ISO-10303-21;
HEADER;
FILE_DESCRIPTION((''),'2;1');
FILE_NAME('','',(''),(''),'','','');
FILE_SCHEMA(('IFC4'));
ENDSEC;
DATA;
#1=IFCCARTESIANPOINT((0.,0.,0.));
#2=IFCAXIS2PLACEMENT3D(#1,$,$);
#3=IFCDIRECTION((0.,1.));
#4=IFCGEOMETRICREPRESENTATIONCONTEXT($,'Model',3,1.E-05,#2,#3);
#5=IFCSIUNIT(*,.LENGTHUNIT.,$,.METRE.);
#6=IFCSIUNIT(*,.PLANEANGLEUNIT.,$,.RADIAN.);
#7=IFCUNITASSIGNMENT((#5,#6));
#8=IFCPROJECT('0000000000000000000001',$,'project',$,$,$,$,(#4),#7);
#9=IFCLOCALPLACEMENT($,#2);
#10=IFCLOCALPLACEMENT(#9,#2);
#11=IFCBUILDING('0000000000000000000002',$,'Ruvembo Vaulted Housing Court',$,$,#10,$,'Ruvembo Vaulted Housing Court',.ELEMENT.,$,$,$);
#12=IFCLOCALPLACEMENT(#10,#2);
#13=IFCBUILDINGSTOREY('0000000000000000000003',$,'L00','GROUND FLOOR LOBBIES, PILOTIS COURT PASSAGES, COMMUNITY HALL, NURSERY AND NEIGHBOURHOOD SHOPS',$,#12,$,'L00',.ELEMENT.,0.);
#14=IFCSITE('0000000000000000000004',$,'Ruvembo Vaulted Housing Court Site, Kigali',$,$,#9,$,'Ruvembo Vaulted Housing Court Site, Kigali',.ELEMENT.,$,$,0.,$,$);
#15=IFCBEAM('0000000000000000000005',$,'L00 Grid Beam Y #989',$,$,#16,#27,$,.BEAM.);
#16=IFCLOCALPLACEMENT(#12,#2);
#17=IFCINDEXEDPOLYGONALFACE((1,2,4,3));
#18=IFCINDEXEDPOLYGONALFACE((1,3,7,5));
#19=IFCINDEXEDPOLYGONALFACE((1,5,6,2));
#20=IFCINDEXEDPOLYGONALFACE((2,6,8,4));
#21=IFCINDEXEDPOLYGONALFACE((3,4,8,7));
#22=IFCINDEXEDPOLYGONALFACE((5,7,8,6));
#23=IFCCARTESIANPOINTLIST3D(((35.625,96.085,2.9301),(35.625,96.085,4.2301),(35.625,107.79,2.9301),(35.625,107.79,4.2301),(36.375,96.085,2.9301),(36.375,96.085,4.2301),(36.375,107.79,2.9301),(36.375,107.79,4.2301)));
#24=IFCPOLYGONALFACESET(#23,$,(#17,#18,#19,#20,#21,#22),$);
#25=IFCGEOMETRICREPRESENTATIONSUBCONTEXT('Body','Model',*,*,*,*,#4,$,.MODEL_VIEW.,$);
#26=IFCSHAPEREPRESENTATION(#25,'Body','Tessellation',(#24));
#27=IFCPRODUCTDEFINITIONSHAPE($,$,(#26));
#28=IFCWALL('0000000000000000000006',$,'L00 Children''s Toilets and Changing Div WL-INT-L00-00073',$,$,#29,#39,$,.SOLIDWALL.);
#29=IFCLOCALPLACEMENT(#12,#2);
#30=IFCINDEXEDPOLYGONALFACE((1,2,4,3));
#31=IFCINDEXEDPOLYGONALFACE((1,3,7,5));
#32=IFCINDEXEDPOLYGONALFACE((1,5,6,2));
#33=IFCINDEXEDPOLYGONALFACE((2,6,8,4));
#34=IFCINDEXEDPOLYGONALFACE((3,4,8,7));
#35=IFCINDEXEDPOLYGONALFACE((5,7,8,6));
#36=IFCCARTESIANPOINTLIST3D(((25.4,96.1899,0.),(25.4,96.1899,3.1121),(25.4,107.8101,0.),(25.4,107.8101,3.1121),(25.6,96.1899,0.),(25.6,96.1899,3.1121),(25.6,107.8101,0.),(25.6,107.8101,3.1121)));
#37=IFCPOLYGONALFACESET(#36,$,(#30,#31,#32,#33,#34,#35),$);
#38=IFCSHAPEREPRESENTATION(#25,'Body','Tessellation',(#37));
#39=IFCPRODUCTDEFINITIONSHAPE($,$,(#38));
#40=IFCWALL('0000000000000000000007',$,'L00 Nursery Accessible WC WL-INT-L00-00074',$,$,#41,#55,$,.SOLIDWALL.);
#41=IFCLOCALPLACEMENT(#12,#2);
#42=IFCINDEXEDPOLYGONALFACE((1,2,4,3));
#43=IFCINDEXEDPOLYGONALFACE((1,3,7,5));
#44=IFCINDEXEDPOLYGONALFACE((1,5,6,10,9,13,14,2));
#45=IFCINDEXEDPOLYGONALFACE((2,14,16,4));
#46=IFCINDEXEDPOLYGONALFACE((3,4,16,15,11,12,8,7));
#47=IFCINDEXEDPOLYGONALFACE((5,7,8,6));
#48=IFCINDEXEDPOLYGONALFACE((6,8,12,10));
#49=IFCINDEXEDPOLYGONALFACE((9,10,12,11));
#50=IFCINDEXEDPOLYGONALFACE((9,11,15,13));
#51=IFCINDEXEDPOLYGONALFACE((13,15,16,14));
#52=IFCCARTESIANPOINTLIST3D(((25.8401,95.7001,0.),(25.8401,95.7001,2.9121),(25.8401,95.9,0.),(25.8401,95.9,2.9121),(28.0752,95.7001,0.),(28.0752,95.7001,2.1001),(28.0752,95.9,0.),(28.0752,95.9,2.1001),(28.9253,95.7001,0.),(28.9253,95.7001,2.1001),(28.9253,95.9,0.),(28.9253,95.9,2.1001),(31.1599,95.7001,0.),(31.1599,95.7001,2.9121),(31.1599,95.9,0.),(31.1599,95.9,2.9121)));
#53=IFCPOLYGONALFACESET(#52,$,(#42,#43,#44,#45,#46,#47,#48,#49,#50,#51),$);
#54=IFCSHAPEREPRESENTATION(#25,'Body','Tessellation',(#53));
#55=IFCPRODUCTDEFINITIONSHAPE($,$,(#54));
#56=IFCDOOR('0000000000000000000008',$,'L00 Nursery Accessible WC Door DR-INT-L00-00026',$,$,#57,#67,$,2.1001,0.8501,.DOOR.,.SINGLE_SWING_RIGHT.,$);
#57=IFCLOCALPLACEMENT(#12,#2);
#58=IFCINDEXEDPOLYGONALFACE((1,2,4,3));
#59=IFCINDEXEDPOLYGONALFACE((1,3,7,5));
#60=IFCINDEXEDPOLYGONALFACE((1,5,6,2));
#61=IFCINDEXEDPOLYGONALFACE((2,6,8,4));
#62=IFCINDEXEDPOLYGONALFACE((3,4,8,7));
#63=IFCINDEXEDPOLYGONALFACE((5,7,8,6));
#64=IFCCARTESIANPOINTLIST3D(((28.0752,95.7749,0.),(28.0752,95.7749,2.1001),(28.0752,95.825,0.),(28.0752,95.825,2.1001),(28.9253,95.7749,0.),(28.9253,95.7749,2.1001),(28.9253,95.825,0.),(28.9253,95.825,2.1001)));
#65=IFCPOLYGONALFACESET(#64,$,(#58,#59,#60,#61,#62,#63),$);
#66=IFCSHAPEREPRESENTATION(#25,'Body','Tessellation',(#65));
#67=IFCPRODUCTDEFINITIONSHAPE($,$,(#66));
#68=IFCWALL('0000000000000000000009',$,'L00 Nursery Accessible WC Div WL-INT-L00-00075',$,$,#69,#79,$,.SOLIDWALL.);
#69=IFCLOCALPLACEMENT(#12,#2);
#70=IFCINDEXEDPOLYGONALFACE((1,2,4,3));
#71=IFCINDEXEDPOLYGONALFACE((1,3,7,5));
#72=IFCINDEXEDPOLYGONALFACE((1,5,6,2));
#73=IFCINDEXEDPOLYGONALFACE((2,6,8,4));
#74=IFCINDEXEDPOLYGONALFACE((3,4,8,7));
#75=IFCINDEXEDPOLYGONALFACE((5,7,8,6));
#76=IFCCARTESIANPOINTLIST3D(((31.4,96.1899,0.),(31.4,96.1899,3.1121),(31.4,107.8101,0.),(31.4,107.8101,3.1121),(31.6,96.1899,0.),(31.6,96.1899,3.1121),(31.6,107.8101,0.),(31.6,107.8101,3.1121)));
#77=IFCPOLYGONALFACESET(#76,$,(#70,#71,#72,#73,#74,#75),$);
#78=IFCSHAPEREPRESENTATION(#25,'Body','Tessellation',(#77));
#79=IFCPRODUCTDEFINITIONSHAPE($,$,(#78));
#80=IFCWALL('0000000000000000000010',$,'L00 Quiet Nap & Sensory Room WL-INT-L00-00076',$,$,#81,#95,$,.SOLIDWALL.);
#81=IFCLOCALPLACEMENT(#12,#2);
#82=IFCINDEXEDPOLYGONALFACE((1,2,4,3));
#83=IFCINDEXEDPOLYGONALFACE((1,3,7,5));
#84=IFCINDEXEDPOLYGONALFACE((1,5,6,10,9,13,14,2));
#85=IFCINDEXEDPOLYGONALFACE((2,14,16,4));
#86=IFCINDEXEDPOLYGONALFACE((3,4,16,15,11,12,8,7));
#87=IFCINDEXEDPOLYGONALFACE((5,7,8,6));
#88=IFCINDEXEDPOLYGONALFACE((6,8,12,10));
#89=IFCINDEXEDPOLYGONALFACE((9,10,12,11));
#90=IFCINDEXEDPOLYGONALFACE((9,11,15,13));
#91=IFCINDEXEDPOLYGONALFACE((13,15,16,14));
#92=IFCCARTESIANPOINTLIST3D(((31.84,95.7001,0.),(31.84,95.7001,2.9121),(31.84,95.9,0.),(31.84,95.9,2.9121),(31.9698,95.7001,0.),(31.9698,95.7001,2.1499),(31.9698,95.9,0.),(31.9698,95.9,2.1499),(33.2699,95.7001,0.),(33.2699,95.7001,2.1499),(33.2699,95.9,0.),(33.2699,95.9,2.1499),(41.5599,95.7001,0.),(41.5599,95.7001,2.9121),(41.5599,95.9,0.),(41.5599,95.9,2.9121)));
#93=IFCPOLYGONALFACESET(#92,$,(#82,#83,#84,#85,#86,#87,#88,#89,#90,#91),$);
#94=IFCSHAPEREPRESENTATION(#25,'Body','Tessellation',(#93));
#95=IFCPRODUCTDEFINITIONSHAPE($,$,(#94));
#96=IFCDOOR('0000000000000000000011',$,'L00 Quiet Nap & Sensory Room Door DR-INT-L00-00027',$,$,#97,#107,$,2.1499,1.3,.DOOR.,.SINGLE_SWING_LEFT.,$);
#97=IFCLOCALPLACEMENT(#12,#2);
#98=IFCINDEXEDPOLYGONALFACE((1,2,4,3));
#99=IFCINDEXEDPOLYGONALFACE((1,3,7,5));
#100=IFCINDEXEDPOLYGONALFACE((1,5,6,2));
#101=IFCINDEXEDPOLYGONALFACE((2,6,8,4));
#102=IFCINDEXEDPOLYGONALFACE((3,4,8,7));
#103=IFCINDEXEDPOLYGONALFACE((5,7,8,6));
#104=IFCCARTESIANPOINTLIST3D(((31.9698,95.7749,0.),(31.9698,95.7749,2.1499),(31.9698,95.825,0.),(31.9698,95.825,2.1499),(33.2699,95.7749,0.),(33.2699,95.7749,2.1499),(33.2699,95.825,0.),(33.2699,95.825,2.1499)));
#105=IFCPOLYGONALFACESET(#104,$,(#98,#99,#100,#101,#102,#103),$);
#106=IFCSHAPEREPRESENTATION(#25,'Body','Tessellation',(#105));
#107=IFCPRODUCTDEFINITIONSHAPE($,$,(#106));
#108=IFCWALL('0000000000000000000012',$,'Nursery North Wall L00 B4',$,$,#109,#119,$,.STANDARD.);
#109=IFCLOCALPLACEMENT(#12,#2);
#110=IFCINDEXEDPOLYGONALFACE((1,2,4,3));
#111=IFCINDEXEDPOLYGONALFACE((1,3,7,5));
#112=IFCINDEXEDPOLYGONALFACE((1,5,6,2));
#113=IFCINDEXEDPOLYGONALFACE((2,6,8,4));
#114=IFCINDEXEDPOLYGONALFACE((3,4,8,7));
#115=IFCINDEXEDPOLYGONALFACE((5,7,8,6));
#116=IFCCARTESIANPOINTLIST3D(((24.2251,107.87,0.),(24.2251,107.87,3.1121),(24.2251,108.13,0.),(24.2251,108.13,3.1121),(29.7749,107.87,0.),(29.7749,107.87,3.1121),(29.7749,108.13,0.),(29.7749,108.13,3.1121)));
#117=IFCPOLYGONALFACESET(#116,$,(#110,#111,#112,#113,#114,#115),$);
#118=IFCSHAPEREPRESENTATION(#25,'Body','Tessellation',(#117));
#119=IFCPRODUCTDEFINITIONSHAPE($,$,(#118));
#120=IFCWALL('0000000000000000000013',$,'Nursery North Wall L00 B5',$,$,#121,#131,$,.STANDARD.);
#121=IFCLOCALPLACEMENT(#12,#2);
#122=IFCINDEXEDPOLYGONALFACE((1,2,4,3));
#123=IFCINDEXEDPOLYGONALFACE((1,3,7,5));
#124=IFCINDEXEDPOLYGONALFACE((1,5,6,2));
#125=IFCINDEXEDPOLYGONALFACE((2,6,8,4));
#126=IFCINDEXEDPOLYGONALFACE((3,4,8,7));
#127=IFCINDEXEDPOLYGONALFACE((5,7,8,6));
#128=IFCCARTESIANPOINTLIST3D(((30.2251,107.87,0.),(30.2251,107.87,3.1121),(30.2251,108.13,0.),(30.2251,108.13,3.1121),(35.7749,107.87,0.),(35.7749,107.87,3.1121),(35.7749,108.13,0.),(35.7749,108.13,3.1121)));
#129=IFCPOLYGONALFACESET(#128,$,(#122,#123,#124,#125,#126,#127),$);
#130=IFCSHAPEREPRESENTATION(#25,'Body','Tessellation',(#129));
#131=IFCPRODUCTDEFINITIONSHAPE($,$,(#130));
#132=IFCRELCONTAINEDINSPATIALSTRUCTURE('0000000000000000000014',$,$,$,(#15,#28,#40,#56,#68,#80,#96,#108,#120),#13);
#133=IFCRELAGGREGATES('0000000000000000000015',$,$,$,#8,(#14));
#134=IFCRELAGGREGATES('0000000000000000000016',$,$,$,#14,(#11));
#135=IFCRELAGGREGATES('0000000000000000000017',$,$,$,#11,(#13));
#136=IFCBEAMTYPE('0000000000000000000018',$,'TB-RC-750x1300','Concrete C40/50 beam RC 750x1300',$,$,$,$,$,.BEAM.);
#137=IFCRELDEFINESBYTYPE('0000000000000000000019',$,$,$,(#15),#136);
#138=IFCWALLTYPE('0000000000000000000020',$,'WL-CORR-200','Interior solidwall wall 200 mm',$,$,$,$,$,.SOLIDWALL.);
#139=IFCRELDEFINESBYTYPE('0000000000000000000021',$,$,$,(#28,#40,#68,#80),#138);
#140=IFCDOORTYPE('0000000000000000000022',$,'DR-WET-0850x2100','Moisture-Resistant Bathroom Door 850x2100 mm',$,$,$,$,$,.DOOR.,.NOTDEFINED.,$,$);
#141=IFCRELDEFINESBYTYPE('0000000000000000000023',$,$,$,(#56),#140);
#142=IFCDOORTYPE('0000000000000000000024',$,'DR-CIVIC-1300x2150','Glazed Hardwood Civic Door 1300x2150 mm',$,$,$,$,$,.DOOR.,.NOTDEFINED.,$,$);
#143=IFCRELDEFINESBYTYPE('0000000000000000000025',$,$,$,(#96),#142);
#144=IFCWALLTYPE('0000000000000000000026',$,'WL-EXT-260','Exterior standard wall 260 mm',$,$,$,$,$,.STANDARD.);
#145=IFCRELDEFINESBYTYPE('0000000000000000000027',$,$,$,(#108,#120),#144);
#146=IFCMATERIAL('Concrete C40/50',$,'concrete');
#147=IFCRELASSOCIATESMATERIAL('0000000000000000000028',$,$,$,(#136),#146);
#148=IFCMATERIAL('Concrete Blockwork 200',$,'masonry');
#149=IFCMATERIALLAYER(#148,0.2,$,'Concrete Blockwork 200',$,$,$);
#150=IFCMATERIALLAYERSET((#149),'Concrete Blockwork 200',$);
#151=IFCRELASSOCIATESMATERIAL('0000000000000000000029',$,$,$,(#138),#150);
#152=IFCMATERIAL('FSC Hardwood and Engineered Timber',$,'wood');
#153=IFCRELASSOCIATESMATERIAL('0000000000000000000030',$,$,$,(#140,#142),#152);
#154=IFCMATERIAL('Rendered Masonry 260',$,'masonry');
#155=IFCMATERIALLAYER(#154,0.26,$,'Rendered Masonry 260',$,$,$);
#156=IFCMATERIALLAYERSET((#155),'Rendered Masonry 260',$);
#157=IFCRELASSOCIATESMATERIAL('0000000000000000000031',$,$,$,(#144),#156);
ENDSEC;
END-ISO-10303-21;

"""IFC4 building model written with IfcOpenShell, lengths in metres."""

from ifc_helpers import new_model, si_unit, direction, frame, frame_2d, origin, origin_2d, place, context, subcontext, project, spatial, rectangle, extrude, material, layer, layer_set, material_profile, profile_set, type_object, element, fill, save


model = new_model("IFC4")

# Units and contexts
model_context = context("Model", 3, precision=1e-05, world=origin(), true_north=direction((0.0, 1.0)))
body_context = subcontext(model_context, "Body", "Model", "MODEL_VIEW")
ifc_project = project(units=[si_unit("LENGTHUNIT", "METRE"), si_unit("PLANEANGLEUNIT", "RADIAN")], contexts=[model_context])

# Site, building, storey
site_placement = place(None, origin())
site = spatial("IfcSite", under=ifc_project, at=site_placement, Name="Ruvembo Vaulted Housing Court Site, Kigali", LongName="Ruvembo Vaulted Housing Court Site, Kigali", CompositionType="ELEMENT", RefElevation=0.0)
building_placement = place(site_placement, origin())
building = spatial("IfcBuilding", under=site, at=building_placement, Name="Ruvembo Vaulted Housing Court", LongName="Ruvembo Vaulted Housing Court", CompositionType="ELEMENT")
storey_placement = place(building_placement, origin())
storey = spatial("IfcBuildingStorey", under=building, at=storey_placement, Name="L00", Description="GROUND FLOOR LOBBIES, PILOTIS COURT PASSAGES, COMMUNITY HALL, NURSERY AND NEIGHBOURHOOD SHOPS", LongName="L00", CompositionType="ELEMENT", Elevation=0.0)

# Beam
ifc_material_1 = material(Name="Concrete C40/50", Category="concrete")
ifc_material_profile_1 = material_profile(ifc_material_1, rectangle(XDim=0.75, YDim=1.3, at=origin_2d()), Name="RC 750x1300")
ifc_profile_set_1 = profile_set([ifc_material_profile_1], Name="Concrete C40/50")
beam_type_1 = type_object("IfcBeamType", Name="TB-RC-750x1300", Description="Concrete C40/50 beam RC 750x1300", PredefinedType="BEAM", material=ifc_profile_set_1)
for number, where, z_axis, x_axis, name in (
    (1, (36.0, 96.085, 3.5801), (0.0, 1.0, 0.0), (-1.0, 0.0, 0.0), "L00 Grid Beam Y #989"),
):
    element("IfcBeam", number, at=place(storey_placement, frame(where, z_axis=z_axis, x_axis=x_axis)), inside=storey, type_object=beam_type_1, Name=name, PredefinedType="BEAM", context=body_context, shape_type="SweptSolid", body=[
        extrude(rectangle(XDim=0.75, YDim=1.3, at=origin_2d()), origin(), (0.0, 0.0, 1.0), 11.7051),
    ])

# Wall
ifc_material_2 = material(Name="Concrete Blockwork 200", Category="masonry")
ifc_layer_1 = layer(ifc_material_2, 0.2, Name="Concrete Blockwork 200")
ifc_layer_set_1 = layer_set([ifc_layer_1], Name="Concrete Blockwork 200")
wall_type_1 = type_object("IfcWallType", Name="WL-CORR-200", Description="Interior solidwall wall 200 mm", PredefinedType="SOLIDWALL", material=ifc_layer_set_1)
wall_1_placement = place(storey_placement, frame((25.5, 96.1899, 0.0), z_axis=(0.0, 0.0, 1.0), x_axis=(0.0, 1.0, 0.0)))
element("IfcWall", 2, at=wall_1_placement, inside=storey, type_object=wall_type_1, Name="L00 Children's Toilets and Changing Div WL-INT-L00-00073", PredefinedType="SOLIDWALL", context=body_context, shape_type="SweptSolid", body=[
    extrude(rectangle(XDim=11.6201, YDim=0.2, at=frame_2d((5.8101, 0.0))), origin(), (0.0, 0.0, 1.0), 3.1121),
])

# Wall, opening, door
wall_2_placement = place(storey_placement, frame((25.8401, 95.8, 0.0), z_axis=(0.0, 0.0, 1.0), x_axis=(1.0, 0.0, 0.0)))
wall_2 = element("IfcWall", 3, at=wall_2_placement, inside=storey, type_object=wall_type_1, Name="L00 Nursery Accessible WC WL-INT-L00-00074", PredefinedType="SOLIDWALL", context=body_context, shape_type="SweptSolid", body=[
    extrude(rectangle(XDim=5.3198, YDim=0.2, at=frame_2d((2.6599, 0.0))), origin(), (0.0, 0.0, 1.0), 2.9121),
])
opening_1_placement = place(wall_2_placement, frame((2.2351, 0.0, 0.0)))
opening_1 = element("IfcOpeningElement", 4, at=opening_1_placement, cuts=wall_2, PredefinedType="OPENING", context=body_context, shape_type="SweptSolid", body=[
    extrude(rectangle(XDim=0.8501, YDim=2.1001, at=frame_2d((0.425, 1.05))), frame((0.0, 0.1099, 0.0), z_axis=(0.0, -1.0, 0.0), x_axis=(1.0, 0.0, 0.0)), (0.0, 0.0, 1.0), 0.22),
])
ifc_material_3 = material(Name="FSC Hardwood and Engineered Timber", Category="wood")
door_type_1 = type_object("IfcDoorType", Name="DR-WET-0850x2100", Description="Moisture-Resistant Bathroom Door 850x2100 mm", OperationType="NOTDEFINED", PredefinedType="DOOR", material=ifc_material_3)
door_1_placement = place(opening_1_placement, origin())
door_1 = element("IfcDoor", 5, at=door_1_placement, inside=storey, type_object=door_type_1, Name="L00 Nursery Accessible WC Door DR-INT-L00-00026", OperationType="SINGLE_SWING_RIGHT", OverallHeight=2.1001, OverallWidth=0.8501, PredefinedType="DOOR", context=body_context, shape_type="SweptSolid", body=[
    extrude(rectangle(XDim=0.8501, YDim=2.1001, at=frame_2d((0.425, 1.05))), frame((0.0, 0.0249, 0.0), z_axis=(0.0, -1.0, 0.0), x_axis=(1.0, 0.0, 0.0)), (0.0, 0.0, 1.0), 0.05),
])
fill(opening_1, door_1)

# Wall
wall_3_placement = place(storey_placement, frame((31.5, 96.1899, 0.0), z_axis=(0.0, 0.0, 1.0), x_axis=(0.0, 1.0, 0.0)))
element("IfcWall", 6, at=wall_3_placement, inside=storey, type_object=wall_type_1, Name="L00 Nursery Accessible WC Div WL-INT-L00-00075", PredefinedType="SOLIDWALL", context=body_context, shape_type="SweptSolid", body=[
    extrude(rectangle(XDim=11.6201, YDim=0.2, at=frame_2d((5.8101, 0.0))), origin(), (0.0, 0.0, 1.0), 3.1121),
])

# Wall, opening, door
wall_4_placement = place(storey_placement, frame((31.8401, 95.8, 0.0), z_axis=(0.0, 0.0, 1.0), x_axis=(1.0, 0.0, 0.0)))
wall_4 = element("IfcWall", 7, at=wall_4_placement, inside=storey, type_object=wall_type_1, Name="L00 Quiet Nap & Sensory Room WL-INT-L00-00076", PredefinedType="SOLIDWALL", context=body_context, shape_type="SweptSolid", body=[
    extrude(rectangle(XDim=9.72, YDim=0.2, at=frame_2d((4.8599, 0.0))), origin(), (0.0, 0.0, 1.0), 2.9121),
])
opening_2_placement = place(wall_4_placement, frame((0.1299, 0.0, 0.0)))
opening_2 = element("IfcOpeningElement", 8, at=opening_2_placement, cuts=wall_4, PredefinedType="OPENING", context=body_context, shape_type="SweptSolid", body=[
    extrude(rectangle(XDim=1.3, YDim=2.1499, at=frame_2d((0.6499, 1.075))), frame((0.0, 0.1099, 0.0), z_axis=(0.0, -1.0, 0.0), x_axis=(1.0, 0.0, 0.0)), (0.0, 0.0, 1.0), 0.22),
])
door_type_2 = type_object("IfcDoorType", Name="DR-CIVIC-1300x2150", Description="Glazed Hardwood Civic Door 1300x2150 mm", OperationType="NOTDEFINED", PredefinedType="DOOR", material=ifc_material_3)
door_2_placement = place(opening_2_placement, origin())
door_2 = element("IfcDoor", 9, at=door_2_placement, inside=storey, type_object=door_type_2, Name="L00 Quiet Nap & Sensory Room Door DR-INT-L00-00027", OperationType="SINGLE_SWING_LEFT", OverallHeight=2.1499, OverallWidth=1.3, PredefinedType="DOOR", context=body_context, shape_type="SweptSolid", body=[
    extrude(rectangle(XDim=1.3, YDim=2.1499, at=frame_2d((0.6499, 1.075))), frame((0.0, 0.0249, 0.0), z_axis=(0.0, -1.0, 0.0), x_axis=(1.0, 0.0, 0.0)), (0.0, 0.0, 1.0), 0.05),
])
fill(opening_2, door_2)

# Walls
ifc_material_4 = material(Name="Rendered Masonry 260", Category="masonry")
ifc_layer_2 = layer(ifc_material_4, 0.26, Name="Rendered Masonry 260")
ifc_layer_set_2 = layer_set([ifc_layer_2], Name="Rendered Masonry 260")
wall_type_2 = type_object("IfcWallType", Name="WL-EXT-260", Description="Exterior standard wall 260 mm", PredefinedType="STANDARD", material=ifc_layer_set_2)
for number, where, z_axis, x_axis, name in (
    (10, (29.7749, 108.0, 0.0), (0.0, 0.0, 1.0), (-1.0, 0.0, 0.0), "Nursery North Wall L00 B4"),
    (11, (35.7749, 108.0, 0.0), (0.0, 0.0, 1.0), (-1.0, 0.0, 0.0), "Nursery North Wall L00 B5"),
):
    element("IfcWall", number, at=place(storey_placement, frame(where, z_axis=z_axis, x_axis=x_axis)), inside=storey, type_object=wall_type_2, Name=name, PredefinedType="STANDARD", context=body_context, shape_type="SweptSolid", body=[
        extrude(rectangle(XDim=5.5498, YDim=0.26, at=frame_2d((2.7749, 0.0))), origin(), (0.0, 0.0, 1.0), 3.1121),
    ])

save(model, "model.ifc")
